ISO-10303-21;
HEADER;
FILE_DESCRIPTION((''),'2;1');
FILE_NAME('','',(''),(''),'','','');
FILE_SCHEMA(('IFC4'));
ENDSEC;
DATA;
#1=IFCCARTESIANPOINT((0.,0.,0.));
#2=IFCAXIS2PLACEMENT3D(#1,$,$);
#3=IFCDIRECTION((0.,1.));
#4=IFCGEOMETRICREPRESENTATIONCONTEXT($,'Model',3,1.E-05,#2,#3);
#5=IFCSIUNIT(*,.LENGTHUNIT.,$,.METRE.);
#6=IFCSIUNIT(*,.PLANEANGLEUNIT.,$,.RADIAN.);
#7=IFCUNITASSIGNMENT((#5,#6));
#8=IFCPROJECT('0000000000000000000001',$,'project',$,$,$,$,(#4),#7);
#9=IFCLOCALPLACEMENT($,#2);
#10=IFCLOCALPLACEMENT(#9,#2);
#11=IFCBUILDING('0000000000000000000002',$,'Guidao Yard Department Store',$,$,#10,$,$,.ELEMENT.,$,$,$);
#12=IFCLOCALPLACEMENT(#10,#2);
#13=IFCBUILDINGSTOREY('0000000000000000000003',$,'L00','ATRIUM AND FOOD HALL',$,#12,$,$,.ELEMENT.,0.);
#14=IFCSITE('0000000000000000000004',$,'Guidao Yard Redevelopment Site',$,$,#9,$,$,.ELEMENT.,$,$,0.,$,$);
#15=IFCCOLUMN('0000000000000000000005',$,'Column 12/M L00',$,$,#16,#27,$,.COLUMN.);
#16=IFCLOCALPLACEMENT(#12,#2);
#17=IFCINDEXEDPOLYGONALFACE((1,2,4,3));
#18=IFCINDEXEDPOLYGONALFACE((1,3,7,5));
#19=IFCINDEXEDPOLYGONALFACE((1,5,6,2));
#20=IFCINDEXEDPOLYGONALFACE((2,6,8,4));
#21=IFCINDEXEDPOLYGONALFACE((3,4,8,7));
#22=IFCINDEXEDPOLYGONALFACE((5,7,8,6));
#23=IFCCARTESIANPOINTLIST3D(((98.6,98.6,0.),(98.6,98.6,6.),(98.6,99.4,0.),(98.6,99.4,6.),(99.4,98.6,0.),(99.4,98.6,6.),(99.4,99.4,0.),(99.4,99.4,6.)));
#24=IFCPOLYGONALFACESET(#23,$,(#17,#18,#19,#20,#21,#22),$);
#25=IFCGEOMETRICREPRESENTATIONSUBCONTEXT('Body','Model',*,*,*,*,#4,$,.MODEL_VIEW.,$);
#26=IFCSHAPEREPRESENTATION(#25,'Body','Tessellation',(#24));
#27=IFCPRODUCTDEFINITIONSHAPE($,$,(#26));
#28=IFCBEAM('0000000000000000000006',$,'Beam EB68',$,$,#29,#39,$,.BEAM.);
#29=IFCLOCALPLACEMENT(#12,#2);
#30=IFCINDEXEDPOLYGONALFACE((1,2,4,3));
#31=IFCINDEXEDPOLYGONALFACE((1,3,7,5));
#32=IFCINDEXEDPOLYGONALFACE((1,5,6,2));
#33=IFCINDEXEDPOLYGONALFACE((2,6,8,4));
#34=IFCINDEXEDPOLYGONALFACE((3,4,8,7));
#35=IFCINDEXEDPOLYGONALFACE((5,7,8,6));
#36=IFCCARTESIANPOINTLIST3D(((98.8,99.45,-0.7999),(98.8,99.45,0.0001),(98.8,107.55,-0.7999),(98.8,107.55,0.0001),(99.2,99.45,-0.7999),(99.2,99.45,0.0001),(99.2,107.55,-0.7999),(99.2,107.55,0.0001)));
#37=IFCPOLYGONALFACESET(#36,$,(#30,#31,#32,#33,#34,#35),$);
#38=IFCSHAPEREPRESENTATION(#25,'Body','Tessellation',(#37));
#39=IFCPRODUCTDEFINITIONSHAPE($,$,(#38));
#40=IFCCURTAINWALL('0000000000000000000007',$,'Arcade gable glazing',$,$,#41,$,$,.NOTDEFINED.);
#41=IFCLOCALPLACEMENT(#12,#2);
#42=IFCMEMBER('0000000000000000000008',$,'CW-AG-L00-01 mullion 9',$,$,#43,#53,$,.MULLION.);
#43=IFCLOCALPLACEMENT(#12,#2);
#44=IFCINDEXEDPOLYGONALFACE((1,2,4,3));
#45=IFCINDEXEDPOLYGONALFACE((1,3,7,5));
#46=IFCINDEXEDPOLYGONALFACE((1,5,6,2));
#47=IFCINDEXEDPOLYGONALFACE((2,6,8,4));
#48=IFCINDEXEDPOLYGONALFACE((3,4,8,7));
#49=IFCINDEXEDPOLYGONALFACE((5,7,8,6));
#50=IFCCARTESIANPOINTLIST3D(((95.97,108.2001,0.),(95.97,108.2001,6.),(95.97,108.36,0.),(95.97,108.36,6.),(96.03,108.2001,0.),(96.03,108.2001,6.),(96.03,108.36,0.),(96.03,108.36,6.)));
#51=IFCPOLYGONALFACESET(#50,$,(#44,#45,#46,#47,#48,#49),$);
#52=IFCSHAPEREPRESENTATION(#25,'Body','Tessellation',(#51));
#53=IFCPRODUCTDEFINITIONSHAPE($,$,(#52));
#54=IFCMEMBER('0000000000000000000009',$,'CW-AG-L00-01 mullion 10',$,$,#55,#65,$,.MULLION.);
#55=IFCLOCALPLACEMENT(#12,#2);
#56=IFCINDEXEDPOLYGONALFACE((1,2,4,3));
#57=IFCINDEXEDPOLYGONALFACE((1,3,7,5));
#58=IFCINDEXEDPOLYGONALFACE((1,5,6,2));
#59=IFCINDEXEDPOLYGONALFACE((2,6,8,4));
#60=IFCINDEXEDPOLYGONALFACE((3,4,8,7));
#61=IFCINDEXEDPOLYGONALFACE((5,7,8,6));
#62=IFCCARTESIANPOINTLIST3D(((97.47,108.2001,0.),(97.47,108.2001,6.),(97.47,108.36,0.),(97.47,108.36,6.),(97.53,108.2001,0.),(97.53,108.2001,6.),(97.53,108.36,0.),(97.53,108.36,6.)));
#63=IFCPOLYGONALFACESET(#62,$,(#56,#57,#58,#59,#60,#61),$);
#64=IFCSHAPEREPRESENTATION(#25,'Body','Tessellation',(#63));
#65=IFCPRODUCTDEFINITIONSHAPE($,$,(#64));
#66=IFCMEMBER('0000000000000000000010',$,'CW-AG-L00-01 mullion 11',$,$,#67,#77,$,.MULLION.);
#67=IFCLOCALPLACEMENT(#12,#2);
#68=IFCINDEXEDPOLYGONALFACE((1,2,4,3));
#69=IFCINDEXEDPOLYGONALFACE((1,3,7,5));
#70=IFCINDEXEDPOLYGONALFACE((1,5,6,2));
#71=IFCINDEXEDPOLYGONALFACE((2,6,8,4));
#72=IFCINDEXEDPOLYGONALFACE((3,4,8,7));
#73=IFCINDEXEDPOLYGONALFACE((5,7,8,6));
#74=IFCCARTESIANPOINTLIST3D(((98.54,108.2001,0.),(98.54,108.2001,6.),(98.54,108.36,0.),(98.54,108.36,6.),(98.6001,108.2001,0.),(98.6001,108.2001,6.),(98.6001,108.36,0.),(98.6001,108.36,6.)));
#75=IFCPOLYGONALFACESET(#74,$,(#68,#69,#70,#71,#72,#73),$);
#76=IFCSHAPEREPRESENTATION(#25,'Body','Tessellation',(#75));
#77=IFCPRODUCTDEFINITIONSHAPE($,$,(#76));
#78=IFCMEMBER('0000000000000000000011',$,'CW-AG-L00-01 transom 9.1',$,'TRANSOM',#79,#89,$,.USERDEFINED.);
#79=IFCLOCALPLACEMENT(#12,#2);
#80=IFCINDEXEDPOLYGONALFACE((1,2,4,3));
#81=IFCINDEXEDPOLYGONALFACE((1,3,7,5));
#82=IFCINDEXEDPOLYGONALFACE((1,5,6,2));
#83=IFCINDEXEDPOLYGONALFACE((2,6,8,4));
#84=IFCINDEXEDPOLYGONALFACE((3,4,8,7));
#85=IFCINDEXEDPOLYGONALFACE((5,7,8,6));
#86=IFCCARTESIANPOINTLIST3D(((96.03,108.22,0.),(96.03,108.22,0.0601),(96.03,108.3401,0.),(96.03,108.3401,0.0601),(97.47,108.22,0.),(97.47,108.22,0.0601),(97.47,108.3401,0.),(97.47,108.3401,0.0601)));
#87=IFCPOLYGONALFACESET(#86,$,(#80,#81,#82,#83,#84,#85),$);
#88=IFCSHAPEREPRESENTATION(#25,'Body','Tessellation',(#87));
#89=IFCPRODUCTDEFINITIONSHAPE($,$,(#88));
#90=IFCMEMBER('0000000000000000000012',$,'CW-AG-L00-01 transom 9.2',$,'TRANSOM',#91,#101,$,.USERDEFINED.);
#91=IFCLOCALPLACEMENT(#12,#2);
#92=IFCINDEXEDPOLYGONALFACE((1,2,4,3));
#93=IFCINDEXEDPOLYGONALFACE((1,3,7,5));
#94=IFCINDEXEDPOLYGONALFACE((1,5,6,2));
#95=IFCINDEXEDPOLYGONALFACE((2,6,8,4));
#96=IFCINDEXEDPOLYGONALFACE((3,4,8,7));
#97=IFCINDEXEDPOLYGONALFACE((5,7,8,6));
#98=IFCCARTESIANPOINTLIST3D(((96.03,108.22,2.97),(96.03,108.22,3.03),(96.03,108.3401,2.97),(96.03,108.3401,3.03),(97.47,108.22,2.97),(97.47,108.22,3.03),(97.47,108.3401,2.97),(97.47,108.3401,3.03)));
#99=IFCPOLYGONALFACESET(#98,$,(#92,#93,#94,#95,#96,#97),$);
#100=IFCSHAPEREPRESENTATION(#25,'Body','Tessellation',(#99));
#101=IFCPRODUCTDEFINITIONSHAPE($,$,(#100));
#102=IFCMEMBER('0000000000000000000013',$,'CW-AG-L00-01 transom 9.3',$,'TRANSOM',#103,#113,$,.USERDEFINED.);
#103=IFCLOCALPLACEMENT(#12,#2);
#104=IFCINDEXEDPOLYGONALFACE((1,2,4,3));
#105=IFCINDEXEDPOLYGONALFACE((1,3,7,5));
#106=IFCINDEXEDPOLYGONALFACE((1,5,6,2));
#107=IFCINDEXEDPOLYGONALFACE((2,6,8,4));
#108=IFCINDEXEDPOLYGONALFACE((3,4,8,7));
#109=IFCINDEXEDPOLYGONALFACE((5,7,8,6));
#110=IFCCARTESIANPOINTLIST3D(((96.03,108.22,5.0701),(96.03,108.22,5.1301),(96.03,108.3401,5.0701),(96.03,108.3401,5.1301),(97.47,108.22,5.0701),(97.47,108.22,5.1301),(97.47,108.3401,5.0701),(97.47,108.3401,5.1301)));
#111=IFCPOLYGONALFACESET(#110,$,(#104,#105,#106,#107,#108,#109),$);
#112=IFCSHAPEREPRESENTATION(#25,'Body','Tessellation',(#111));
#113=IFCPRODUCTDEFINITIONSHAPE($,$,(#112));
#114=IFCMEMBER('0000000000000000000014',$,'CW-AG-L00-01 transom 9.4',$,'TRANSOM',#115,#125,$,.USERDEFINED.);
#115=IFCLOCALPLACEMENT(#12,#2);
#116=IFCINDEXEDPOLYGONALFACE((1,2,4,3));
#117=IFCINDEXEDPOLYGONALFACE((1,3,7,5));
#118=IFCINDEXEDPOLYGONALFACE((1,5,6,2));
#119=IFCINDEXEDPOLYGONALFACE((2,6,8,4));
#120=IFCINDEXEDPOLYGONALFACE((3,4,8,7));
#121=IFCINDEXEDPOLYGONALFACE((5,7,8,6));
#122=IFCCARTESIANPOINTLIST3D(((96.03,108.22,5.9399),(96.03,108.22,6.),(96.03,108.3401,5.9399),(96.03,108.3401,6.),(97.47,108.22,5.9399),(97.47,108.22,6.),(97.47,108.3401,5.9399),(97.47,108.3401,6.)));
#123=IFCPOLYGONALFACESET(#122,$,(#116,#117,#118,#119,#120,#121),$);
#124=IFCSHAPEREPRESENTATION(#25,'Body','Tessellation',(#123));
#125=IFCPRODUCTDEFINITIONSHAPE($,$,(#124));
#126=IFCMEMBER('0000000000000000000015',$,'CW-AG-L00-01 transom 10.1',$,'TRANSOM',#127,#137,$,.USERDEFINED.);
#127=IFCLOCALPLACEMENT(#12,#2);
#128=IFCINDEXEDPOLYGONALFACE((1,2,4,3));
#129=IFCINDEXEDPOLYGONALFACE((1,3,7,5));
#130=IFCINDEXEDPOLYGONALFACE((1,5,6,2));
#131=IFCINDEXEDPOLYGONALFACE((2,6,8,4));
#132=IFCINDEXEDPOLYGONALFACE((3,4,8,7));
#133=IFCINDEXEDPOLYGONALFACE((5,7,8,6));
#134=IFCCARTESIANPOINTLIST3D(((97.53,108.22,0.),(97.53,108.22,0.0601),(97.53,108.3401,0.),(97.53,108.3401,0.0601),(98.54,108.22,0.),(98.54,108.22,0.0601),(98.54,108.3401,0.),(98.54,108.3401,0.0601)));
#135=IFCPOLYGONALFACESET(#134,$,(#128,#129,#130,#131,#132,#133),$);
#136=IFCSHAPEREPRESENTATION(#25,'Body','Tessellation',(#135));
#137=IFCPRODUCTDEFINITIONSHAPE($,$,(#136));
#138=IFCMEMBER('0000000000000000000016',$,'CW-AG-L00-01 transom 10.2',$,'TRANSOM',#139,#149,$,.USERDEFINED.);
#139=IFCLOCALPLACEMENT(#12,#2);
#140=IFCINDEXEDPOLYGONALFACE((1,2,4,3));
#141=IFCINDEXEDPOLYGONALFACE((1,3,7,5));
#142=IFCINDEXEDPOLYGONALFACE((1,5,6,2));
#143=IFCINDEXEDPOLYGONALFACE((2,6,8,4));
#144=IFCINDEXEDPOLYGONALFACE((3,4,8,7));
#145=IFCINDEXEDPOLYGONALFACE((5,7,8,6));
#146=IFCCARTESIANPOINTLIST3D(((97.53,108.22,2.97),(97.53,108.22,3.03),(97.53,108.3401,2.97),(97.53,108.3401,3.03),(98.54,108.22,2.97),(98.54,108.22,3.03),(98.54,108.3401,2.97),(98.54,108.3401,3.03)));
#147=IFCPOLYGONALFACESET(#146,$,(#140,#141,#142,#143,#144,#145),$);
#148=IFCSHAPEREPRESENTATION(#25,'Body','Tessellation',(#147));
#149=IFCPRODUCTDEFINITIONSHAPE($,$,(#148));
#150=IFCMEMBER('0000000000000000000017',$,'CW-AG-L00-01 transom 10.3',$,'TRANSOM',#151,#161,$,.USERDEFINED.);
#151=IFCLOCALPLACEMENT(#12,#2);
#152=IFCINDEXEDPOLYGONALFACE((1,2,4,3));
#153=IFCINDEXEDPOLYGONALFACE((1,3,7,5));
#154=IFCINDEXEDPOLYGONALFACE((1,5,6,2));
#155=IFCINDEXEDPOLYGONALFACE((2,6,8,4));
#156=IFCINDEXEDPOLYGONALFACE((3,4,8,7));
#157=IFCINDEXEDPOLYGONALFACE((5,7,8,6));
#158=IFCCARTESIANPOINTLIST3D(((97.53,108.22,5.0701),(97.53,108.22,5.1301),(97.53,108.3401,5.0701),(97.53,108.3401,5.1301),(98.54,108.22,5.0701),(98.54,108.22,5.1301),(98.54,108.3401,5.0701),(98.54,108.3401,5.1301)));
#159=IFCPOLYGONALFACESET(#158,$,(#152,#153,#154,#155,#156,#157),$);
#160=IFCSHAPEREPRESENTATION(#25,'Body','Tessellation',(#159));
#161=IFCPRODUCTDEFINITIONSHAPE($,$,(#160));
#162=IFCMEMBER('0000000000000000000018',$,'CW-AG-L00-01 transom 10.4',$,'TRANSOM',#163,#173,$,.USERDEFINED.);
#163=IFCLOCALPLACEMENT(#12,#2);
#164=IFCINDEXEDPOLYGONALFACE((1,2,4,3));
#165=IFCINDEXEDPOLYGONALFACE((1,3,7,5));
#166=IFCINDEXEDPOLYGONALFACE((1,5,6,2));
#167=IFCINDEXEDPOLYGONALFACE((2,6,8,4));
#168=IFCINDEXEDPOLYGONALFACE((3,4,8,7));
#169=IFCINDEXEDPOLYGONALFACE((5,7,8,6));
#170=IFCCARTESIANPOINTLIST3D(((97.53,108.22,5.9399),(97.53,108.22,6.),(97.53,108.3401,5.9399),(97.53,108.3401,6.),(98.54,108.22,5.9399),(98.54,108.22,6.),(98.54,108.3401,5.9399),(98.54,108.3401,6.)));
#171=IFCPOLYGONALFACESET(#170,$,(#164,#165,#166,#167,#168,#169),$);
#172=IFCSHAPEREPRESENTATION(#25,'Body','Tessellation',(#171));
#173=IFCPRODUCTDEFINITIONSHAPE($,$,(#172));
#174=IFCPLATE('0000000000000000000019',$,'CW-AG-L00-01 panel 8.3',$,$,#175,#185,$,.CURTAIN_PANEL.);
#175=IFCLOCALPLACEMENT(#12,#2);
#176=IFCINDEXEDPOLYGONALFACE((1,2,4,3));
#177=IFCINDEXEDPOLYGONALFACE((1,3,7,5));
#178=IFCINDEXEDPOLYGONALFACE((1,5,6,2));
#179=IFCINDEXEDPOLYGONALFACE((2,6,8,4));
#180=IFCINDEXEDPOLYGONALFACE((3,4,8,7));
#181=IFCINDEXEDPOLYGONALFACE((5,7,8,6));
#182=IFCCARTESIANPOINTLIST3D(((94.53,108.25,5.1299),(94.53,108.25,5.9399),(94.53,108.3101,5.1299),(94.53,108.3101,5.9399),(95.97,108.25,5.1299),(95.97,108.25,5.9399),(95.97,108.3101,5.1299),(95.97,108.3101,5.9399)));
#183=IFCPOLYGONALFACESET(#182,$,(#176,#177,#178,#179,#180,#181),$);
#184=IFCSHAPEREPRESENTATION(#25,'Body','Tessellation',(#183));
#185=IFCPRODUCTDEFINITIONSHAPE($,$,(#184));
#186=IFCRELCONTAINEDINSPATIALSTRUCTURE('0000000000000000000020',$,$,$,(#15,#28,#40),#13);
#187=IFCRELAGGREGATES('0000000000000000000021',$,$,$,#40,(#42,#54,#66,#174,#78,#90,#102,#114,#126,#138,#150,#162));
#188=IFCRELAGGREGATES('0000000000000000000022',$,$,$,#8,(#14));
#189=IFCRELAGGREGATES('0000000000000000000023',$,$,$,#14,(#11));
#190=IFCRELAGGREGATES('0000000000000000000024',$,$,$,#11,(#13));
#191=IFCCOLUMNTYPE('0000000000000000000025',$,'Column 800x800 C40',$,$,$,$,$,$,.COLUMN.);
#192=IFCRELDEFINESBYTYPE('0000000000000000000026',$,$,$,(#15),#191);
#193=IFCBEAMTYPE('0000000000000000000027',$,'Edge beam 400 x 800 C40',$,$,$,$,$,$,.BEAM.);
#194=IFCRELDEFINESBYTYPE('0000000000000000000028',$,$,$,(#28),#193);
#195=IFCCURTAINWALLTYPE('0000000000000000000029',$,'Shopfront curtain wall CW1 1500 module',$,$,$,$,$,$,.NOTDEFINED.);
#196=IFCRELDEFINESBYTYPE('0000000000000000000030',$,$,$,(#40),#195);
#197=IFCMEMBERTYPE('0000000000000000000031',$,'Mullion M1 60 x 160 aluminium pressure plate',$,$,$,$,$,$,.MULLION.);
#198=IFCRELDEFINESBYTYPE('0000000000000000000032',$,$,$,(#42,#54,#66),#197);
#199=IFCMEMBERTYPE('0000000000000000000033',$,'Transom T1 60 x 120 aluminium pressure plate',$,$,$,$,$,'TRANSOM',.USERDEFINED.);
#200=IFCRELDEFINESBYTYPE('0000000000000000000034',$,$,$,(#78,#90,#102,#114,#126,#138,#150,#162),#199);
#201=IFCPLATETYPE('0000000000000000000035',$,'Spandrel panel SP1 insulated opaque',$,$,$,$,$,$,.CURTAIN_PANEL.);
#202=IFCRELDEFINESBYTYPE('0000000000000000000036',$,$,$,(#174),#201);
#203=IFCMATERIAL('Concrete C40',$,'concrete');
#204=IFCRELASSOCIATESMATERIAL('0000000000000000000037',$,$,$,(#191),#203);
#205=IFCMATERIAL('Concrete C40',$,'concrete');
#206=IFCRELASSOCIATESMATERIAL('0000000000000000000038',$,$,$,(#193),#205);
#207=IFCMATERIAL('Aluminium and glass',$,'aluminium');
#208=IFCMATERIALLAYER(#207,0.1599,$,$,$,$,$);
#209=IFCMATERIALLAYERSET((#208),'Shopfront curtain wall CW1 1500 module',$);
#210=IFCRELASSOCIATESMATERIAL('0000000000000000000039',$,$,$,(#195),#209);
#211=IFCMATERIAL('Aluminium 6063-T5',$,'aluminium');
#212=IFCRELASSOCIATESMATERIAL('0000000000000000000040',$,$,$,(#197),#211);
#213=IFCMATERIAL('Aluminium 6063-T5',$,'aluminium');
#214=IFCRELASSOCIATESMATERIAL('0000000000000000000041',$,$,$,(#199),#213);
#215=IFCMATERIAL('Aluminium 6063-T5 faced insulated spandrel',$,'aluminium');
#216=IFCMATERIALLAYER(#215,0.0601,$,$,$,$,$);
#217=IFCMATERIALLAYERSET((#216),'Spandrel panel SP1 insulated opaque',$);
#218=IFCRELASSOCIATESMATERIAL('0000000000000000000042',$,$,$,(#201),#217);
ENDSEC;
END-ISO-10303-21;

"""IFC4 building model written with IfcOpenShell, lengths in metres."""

from ifc_helpers import new_model, si_unit, direction, frame, origin, origin_2d, place, context, subcontext, project, spatial, rectangle, extrude, material, layer, layer_set, material_profile, profile_set, type_object, element, aggregate, save


model = new_model("IFC4")

# Units and contexts
model_context = context("Model", 3, precision=1e-05, world=origin(), true_north=direction((0.0, 1.0)))
body_context = subcontext(model_context, "Body", "Model", "MODEL_VIEW")
ifc_project = project(units=[si_unit("LENGTHUNIT", "METRE"), si_unit("PLANEANGLEUNIT", "RADIAN")], contexts=[model_context])

# Site, building, storey
site_placement = place(None, origin())
site = spatial("IfcSite", under=ifc_project, at=site_placement, Name="Guidao Yard Redevelopment Site", CompositionType="ELEMENT", RefElevation=0.0)
building_placement = place(site_placement, origin())
building = spatial("IfcBuilding", under=site, at=building_placement, Name="Guidao Yard Department Store", CompositionType="ELEMENT")
storey_placement = place(building_placement, origin())
storey = spatial("IfcBuildingStorey", under=building, at=storey_placement, Name="L00", Description="ATRIUM AND FOOD HALL", CompositionType="ELEMENT", Elevation=0.0)

# Column
ifc_material_1 = material(Name="Concrete C40", Category="concrete")
ifc_material_profile_1 = material_profile(ifc_material_1, rectangle(XDim=0.8, YDim=0.8, at=origin_2d()), Name="COL 800x800")
ifc_profile_set_1 = profile_set([ifc_material_profile_1], Name="Concrete C40")
column_type = type_object("IfcColumnType", Name="Column 800x800 C40", PredefinedType="COLUMN", material=ifc_profile_set_1)
column_placement = place(storey_placement, frame((99.0, 99.0, 0.0), z_axis=(0.0, 0.0, 1.0), x_axis=(1.0, 0.0, 0.0)))
element("IfcColumn", 1, at=column_placement, inside=storey, type_object=column_type, Name="Column 12/M L00", PredefinedType="COLUMN", context=body_context, shape_type="SweptSolid", body=[
    extrude(rectangle(XDim=0.8, YDim=0.8, at=origin_2d()), origin(), (0.0, 0.0, 1.0), 6.0),
])

# Beam
ifc_material_2 = material(Name="Concrete C40", Category="concrete")
ifc_material_profile_2 = material_profile(ifc_material_2, rectangle(XDim=0.3999, YDim=0.8, at=origin_2d()), Name="Edge beam 400 x 800 C40")
ifc_profile_set_2 = profile_set([ifc_material_profile_2], Name="Concrete C40")
beam_type = type_object("IfcBeamType", Name="Edge beam 400 x 800 C40", PredefinedType="BEAM", material=ifc_profile_set_2)
beam_placement = place(storey_placement, frame((99.0, 99.45, -0.3999), z_axis=(0.0, 1.0, 0.0), x_axis=(-1.0, 0.0, 0.0)))
element("IfcBeam", 2, at=beam_placement, inside=storey, type_object=beam_type, Name="Beam EB68", PredefinedType="BEAM", context=body_context, shape_type="SweptSolid", body=[
    extrude(rectangle(XDim=0.3999, YDim=0.8, at=origin_2d()), origin(), (0.0, 0.0, 1.0), 8.1001),
])

# Curtain wall, members, plate
ifc_material_3 = material(Name="Aluminium and glass", Category="aluminium")
ifc_layer_1 = layer(ifc_material_3, 0.1599)
ifc_layer_set_1 = layer_set([ifc_layer_1], Name="Shopfront curtain wall CW1 1500 module")
curtain_wall_type = type_object("IfcCurtainWallType", Name="Shopfront curtain wall CW1 1500 module", PredefinedType="NOTDEFINED", material=ifc_layer_set_1)
curtain_wall_placement = place(storey_placement, origin())
curtain_wall = element("IfcCurtainWall", 3, at=curtain_wall_placement, inside=storey, type_object=curtain_wall_type, Name="Arcade gable glazing", PredefinedType="NOTDEFINED")
ifc_material_4 = material(Name="Aluminium 6063-T5", Category="aluminium")
ifc_material_profile_3 = material_profile(ifc_material_4, rectangle(XDim=0.0601, YDim=0.1599, at=origin_2d()), Name="Mullion M1 60 x 160 aluminium pressure plate")
ifc_profile_set_3 = profile_set([ifc_material_profile_3], Name="Aluminium 6063-T5")
member_type_1 = type_object("IfcMemberType", Name="Mullion M1 60 x 160 aluminium pressure plate", PredefinedType="MULLION", material=ifc_profile_set_3)
member_1_placement = place(storey_placement, frame((96.0, 108.28, 0.0), z_axis=(0.0, 0.0, 1.0), x_axis=(1.0, 0.0, 0.0)))
member_1 = element("IfcMember", 4, at=member_1_placement, type_object=member_type_1, Name="CW-AG-L00-01 mullion 9", PredefinedType="MULLION", context=body_context, shape_type="SweptSolid", body=[
    extrude(rectangle(XDim=0.0601, YDim=0.1599, at=origin_2d()), origin(), (0.0, 0.0, 1.0), 6.0),
])
member_2_placement = place(storey_placement, frame((97.5, 108.28, 0.0), z_axis=(0.0, 0.0, 1.0), x_axis=(1.0, 0.0, 0.0)))
member_2 = element("IfcMember", 5, at=member_2_placement, type_object=member_type_1, Name="CW-AG-L00-01 mullion 10", PredefinedType="MULLION", context=body_context, shape_type="SweptSolid", body=[
    extrude(rectangle(XDim=0.0601, YDim=0.1599, at=origin_2d()), origin(), (0.0, 0.0, 1.0), 6.0),
])
member_3_placement = place(storey_placement, frame((98.5701, 108.28, 0.0), z_axis=(0.0, 0.0, 1.0), x_axis=(1.0, 0.0, 0.0)))
member_3 = element("IfcMember", 6, at=member_3_placement, type_object=member_type_1, Name="CW-AG-L00-01 mullion 11", PredefinedType="MULLION", context=body_context, shape_type="SweptSolid", body=[
    extrude(rectangle(XDim=0.0601, YDim=0.1599, at=origin_2d()), origin(), (0.0, 0.0, 1.0), 6.0),
])
ifc_material_5 = material(Name="Aluminium 6063-T5", Category="aluminium")
ifc_material_profile_4 = material_profile(ifc_material_5, rectangle(XDim=0.1201, YDim=0.0601, at=origin_2d()), Name="Transom T1 60 x 120 aluminium pressure plate")
ifc_profile_set_4 = profile_set([ifc_material_profile_4], Name="Aluminium 6063-T5")
member_type_2 = type_object("IfcMemberType", Name="Transom T1 60 x 120 aluminium pressure plate", ElementType="TRANSOM", PredefinedType="USERDEFINED", material=ifc_profile_set_4)
member_4_placement = place(storey_placement, frame((96.03, 108.28, 0.03), z_axis=(1.0, 0.0, 0.0), x_axis=(0.0, 1.0, 0.0)))
member_4 = element("IfcMember", 7, at=member_4_placement, type_object=member_type_2, Name="CW-AG-L00-01 transom 9.1", ObjectType="TRANSOM", PredefinedType="USERDEFINED", context=body_context, shape_type="SweptSolid", body=[
    extrude(rectangle(XDim=0.1201, YDim=0.0601, at=origin_2d()), origin(), (0.0, 0.0, 1.0), 1.4399),
])
member_5_placement = place(storey_placement, frame((96.03, 108.28, 3.0), z_axis=(1.0, 0.0, 0.0), x_axis=(0.0, 1.0, 0.0)))
member_5 = element("IfcMember", 8, at=member_5_placement, type_object=member_type_2, Name="CW-AG-L00-01 transom 9.2", ObjectType="TRANSOM", PredefinedType="USERDEFINED", context=body_context, shape_type="SweptSolid", body=[
    extrude(rectangle(XDim=0.1201, YDim=0.0601, at=origin_2d()), origin(), (0.0, 0.0, 1.0), 1.4399),
])
member_6_placement = place(storey_placement, frame((96.03, 108.28, 5.1001), z_axis=(1.0, 0.0, 0.0), x_axis=(0.0, 1.0, 0.0)))
member_6 = element("IfcMember", 9, at=member_6_placement, type_object=member_type_2, Name="CW-AG-L00-01 transom 9.3", ObjectType="TRANSOM", PredefinedType="USERDEFINED", context=body_context, shape_type="SweptSolid", body=[
    extrude(rectangle(XDim=0.1201, YDim=0.0601, at=origin_2d()), origin(), (0.0, 0.0, 1.0), 1.4399),
])
member_7_placement = place(storey_placement, frame((96.03, 108.28, 5.97), z_axis=(1.0, 0.0, 0.0), x_axis=(0.0, 1.0, 0.0)))
member_7 = element("IfcMember", 10, at=member_7_placement, type_object=member_type_2, Name="CW-AG-L00-01 transom 9.4", ObjectType="TRANSOM", PredefinedType="USERDEFINED", context=body_context, shape_type="SweptSolid", body=[
    extrude(rectangle(XDim=0.1201, YDim=0.0601, at=origin_2d()), origin(), (0.0, 0.0, 1.0), 1.4399),
])
member_8_placement = place(storey_placement, frame((97.53, 108.28, 0.03), z_axis=(1.0, 0.0, 0.0), x_axis=(0.0, 1.0, 0.0)))
member_8 = element("IfcMember", 11, at=member_8_placement, type_object=member_type_2, Name="CW-AG-L00-01 transom 10.1", ObjectType="TRANSOM", PredefinedType="USERDEFINED", context=body_context, shape_type="SweptSolid", body=[
    extrude(rectangle(XDim=0.1201, YDim=0.0601, at=origin_2d()), origin(), (0.0, 0.0, 1.0), 1.01),
])
member_9_placement = place(storey_placement, frame((97.53, 108.28, 3.0), z_axis=(1.0, 0.0, 0.0), x_axis=(0.0, 1.0, 0.0)))
member_9 = element("IfcMember", 12, at=member_9_placement, type_object=member_type_2, Name="CW-AG-L00-01 transom 10.2", ObjectType="TRANSOM", PredefinedType="USERDEFINED", context=body_context, shape_type="SweptSolid", body=[
    extrude(rectangle(XDim=0.1201, YDim=0.0601, at=origin_2d()), origin(), (0.0, 0.0, 1.0), 1.01),
])
member_10_placement = place(storey_placement, frame((97.53, 108.28, 5.1001), z_axis=(1.0, 0.0, 0.0), x_axis=(0.0, 1.0, 0.0)))
member_10 = element("IfcMember", 13, at=member_10_placement, type_object=member_type_2, Name="CW-AG-L00-01 transom 10.3", ObjectType="TRANSOM", PredefinedType="USERDEFINED", context=body_context, shape_type="SweptSolid", body=[
    extrude(rectangle(XDim=0.1201, YDim=0.0601, at=origin_2d()), origin(), (0.0, 0.0, 1.0), 1.01),
])
member_11_placement = place(storey_placement, frame((97.53, 108.28, 5.97), z_axis=(1.0, 0.0, 0.0), x_axis=(0.0, 1.0, 0.0)))
member_11 = element("IfcMember", 14, at=member_11_placement, type_object=member_type_2, Name="CW-AG-L00-01 transom 10.4", ObjectType="TRANSOM", PredefinedType="USERDEFINED", context=body_context, shape_type="SweptSolid", body=[
    extrude(rectangle(XDim=0.1201, YDim=0.0601, at=origin_2d()), origin(), (0.0, 0.0, 1.0), 1.01),
])
ifc_material_6 = material(Name="Aluminium 6063-T5 faced insulated spandrel", Category="aluminium")
ifc_layer_2 = layer(ifc_material_6, 0.0601)
ifc_layer_set_2 = layer_set([ifc_layer_2], Name="Spandrel panel SP1 insulated opaque")
plate_type_1 = type_object("IfcPlateType", Name="Spandrel panel SP1 insulated opaque", PredefinedType="CURTAIN_PANEL", material=ifc_layer_set_2)
plate_1_placement = place(storey_placement, frame((95.25, 108.28, 5.1299), z_axis=(0.0, 0.0, 1.0), x_axis=(1.0, 0.0, 0.0)))
plate_1 = element("IfcPlate", 15, at=plate_1_placement, type_object=plate_type_1, Name="CW-AG-L00-01 panel 8.3", PredefinedType="CURTAIN_PANEL", context=body_context, shape_type="SweptSolid", body=[
    extrude(rectangle(XDim=1.4399, YDim=0.0601, at=origin_2d()), origin(), (0.0, 0.0, 1.0), 0.8101),
])
aggregate(curtain_wall, [member_1, member_2, member_3, plate_1, member_4, member_5, member_6, member_7, member_8, member_9, member_10, member_11])

save(model, "model.ifc")
